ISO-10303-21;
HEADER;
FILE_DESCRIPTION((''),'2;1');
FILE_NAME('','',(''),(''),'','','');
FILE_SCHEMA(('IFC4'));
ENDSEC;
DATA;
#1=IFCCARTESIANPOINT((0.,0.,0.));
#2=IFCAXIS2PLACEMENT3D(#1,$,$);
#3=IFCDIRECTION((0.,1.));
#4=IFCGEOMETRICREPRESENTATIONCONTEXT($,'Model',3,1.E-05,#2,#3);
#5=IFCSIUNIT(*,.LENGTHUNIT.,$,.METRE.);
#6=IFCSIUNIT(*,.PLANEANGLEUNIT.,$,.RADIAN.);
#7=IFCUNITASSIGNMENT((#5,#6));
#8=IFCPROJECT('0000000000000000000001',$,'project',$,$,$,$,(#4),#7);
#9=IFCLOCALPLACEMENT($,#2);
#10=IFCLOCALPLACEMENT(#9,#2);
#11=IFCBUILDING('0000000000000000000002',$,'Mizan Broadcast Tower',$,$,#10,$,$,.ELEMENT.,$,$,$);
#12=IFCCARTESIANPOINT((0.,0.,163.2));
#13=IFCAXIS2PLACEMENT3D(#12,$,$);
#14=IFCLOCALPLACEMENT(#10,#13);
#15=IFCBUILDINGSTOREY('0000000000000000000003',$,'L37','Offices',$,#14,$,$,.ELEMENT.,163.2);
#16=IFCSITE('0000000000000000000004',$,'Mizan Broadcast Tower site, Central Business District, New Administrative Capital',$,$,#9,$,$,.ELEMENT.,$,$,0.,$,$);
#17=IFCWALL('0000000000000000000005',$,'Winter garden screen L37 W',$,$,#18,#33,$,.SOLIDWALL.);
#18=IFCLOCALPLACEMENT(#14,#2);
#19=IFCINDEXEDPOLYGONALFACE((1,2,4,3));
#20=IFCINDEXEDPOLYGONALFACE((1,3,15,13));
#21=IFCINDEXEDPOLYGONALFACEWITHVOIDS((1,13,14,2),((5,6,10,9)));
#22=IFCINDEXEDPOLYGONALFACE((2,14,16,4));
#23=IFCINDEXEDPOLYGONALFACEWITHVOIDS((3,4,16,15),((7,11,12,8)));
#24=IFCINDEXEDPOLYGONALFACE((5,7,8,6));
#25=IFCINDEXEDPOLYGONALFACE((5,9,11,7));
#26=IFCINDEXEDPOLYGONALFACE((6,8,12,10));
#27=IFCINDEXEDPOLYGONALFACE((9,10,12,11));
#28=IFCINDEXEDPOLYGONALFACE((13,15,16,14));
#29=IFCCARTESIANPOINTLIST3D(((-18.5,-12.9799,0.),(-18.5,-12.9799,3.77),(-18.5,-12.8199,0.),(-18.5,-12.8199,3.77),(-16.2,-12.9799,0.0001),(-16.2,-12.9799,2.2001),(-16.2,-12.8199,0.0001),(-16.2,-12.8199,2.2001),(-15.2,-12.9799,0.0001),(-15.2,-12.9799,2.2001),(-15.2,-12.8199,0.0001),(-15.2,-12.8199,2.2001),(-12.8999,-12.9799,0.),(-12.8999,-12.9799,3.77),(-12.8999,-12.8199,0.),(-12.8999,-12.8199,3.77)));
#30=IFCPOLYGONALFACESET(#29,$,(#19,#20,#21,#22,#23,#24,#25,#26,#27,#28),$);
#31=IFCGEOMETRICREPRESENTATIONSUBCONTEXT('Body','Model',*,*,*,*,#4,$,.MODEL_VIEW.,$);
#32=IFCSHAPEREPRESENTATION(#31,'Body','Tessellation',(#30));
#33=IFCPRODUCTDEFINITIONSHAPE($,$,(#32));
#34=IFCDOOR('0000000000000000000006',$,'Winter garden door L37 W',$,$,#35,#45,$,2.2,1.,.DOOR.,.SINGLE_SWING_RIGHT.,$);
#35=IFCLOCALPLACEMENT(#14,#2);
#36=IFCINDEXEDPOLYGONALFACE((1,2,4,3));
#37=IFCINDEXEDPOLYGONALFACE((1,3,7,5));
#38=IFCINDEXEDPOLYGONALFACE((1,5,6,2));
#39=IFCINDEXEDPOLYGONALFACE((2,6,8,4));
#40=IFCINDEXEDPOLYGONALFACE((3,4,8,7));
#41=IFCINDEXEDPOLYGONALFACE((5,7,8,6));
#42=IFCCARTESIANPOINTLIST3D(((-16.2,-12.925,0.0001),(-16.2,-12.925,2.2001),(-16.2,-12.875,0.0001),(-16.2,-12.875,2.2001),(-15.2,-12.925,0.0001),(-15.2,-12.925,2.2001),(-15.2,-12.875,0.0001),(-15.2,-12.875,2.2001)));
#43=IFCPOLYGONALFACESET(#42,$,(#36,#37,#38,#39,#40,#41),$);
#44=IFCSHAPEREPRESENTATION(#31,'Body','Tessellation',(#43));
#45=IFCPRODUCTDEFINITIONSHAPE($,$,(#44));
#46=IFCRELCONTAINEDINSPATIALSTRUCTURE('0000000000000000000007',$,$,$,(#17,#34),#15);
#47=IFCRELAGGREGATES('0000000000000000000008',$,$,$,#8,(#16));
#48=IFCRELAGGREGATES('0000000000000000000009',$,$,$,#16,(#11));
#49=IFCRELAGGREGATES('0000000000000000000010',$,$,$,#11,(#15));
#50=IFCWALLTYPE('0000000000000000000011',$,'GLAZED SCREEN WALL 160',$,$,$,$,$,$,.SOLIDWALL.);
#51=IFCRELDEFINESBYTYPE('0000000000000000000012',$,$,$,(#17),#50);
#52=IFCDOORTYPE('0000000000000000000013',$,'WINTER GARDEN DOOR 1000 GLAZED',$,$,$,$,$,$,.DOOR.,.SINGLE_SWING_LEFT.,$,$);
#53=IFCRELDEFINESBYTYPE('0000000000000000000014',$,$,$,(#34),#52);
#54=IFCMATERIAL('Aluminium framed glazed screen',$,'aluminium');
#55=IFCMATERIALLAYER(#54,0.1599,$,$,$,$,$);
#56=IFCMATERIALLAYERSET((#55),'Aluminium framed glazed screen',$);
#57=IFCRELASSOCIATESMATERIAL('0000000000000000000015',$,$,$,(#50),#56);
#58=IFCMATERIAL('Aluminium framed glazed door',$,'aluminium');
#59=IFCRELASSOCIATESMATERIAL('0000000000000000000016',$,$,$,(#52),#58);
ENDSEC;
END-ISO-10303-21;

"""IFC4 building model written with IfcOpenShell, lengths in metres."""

from ifc_helpers import new_model, si_unit, direction, frame, frame_2d, origin, place, context, subcontext, project, spatial, rectangle, extrude, material, layer, layer_set, type_object, element, fill, save


model = new_model("IFC4")

# Units and contexts
model_context = context("Model", 3, precision=1e-05, world=origin(), true_north=direction((0.0, 1.0)))
body_context = subcontext(model_context, "Body", "Model", "MODEL_VIEW")
ifc_project = project(units=[si_unit("LENGTHUNIT", "METRE"), si_unit("PLANEANGLEUNIT", "RADIAN")], contexts=[model_context])

# Site, building, storey
site_placement = place(None, origin())
site = spatial("IfcSite", under=ifc_project, at=site_placement, Name="Mizan Broadcast Tower site, Central Business District, New Administrative Capital", CompositionType="ELEMENT", RefElevation=0.0)
building_placement = place(site_placement, origin())
building = spatial("IfcBuilding", under=site, at=building_placement, Name="Mizan Broadcast Tower", CompositionType="ELEMENT")
storey_placement = place(building_placement, frame((0.0, 0.0, 163.2)))
storey = spatial("IfcBuildingStorey", under=building, at=storey_placement, Name="L37", Description="Offices", CompositionType="ELEMENT", Elevation=163.2)

# Wall, opening, door
ifc_material_1 = material(Name="Aluminium framed glazed screen", Category="aluminium")
ifc_layer_1 = layer(ifc_material_1, 0.1599)
ifc_layer_set_1 = layer_set([ifc_layer_1], Name="Aluminium framed glazed screen")
wall_type = type_object("IfcWallType", Name="GLAZED SCREEN WALL 160", PredefinedType="SOLIDWALL", material=ifc_layer_set_1)
wall_placement = place(storey_placement, frame((-18.5, -12.8999, 0.0), z_axis=(0.0, 0.0, 1.0), x_axis=(1.0, 0.0, 0.0)))
wall = element("IfcWall", 1, at=wall_placement, inside=storey, type_object=wall_type, Name="Winter garden screen L37 W", PredefinedType="SOLIDWALL", context=body_context, shape_type="SweptSolid", body=[
    extrude(rectangle(XDim=5.6001, YDim=0.1599, at=frame_2d((2.8, 0.0))), origin(), (0.0, 0.0, 1.0), 3.77),
])
opening_placement = place(wall_placement, frame((2.3, 0.0, 0.0)))
opening = element("IfcOpeningElement", 2, at=opening_placement, cuts=wall, PredefinedType="OPENING", context=body_context, shape_type="SweptSolid", body=[
    extrude(rectangle(XDim=1.0, YDim=2.2, at=frame_2d((0.5, 1.1001))), frame((0.0, 0.0898, 0.0), z_axis=(0.0, -1.0, 0.0), x_axis=(1.0, 0.0, 0.0)), (0.0, 0.0, 1.0), 0.1799),
])
ifc_material_2 = material(Name="Aluminium framed glazed door", Category="aluminium")
door_type = type_object("IfcDoorType", Name="WINTER GARDEN DOOR 1000 GLAZED", OperationType="SINGLE_SWING_LEFT", PredefinedType="DOOR", material=ifc_material_2)
door_placement = place(opening_placement, origin())
door = element("IfcDoor", 3, at=door_placement, inside=storey, type_object=door_type, Name="Winter garden door L37 W", OperationType="SINGLE_SWING_RIGHT", OverallHeight=2.2, OverallWidth=1.0, PredefinedType="DOOR", context=body_context, shape_type="SweptSolid", body=[
    extrude(rectangle(XDim=1.0, YDim=2.2, at=frame_2d((0.5, 1.1001))), frame((0.0, 0.0249, 0.0), z_axis=(0.0, -1.0, 0.0), x_axis=(1.0, 0.0, 0.0)), (0.0, 0.0, 1.0), 0.05),
])
fill(opening, door)

save(model, "model.ifc")
